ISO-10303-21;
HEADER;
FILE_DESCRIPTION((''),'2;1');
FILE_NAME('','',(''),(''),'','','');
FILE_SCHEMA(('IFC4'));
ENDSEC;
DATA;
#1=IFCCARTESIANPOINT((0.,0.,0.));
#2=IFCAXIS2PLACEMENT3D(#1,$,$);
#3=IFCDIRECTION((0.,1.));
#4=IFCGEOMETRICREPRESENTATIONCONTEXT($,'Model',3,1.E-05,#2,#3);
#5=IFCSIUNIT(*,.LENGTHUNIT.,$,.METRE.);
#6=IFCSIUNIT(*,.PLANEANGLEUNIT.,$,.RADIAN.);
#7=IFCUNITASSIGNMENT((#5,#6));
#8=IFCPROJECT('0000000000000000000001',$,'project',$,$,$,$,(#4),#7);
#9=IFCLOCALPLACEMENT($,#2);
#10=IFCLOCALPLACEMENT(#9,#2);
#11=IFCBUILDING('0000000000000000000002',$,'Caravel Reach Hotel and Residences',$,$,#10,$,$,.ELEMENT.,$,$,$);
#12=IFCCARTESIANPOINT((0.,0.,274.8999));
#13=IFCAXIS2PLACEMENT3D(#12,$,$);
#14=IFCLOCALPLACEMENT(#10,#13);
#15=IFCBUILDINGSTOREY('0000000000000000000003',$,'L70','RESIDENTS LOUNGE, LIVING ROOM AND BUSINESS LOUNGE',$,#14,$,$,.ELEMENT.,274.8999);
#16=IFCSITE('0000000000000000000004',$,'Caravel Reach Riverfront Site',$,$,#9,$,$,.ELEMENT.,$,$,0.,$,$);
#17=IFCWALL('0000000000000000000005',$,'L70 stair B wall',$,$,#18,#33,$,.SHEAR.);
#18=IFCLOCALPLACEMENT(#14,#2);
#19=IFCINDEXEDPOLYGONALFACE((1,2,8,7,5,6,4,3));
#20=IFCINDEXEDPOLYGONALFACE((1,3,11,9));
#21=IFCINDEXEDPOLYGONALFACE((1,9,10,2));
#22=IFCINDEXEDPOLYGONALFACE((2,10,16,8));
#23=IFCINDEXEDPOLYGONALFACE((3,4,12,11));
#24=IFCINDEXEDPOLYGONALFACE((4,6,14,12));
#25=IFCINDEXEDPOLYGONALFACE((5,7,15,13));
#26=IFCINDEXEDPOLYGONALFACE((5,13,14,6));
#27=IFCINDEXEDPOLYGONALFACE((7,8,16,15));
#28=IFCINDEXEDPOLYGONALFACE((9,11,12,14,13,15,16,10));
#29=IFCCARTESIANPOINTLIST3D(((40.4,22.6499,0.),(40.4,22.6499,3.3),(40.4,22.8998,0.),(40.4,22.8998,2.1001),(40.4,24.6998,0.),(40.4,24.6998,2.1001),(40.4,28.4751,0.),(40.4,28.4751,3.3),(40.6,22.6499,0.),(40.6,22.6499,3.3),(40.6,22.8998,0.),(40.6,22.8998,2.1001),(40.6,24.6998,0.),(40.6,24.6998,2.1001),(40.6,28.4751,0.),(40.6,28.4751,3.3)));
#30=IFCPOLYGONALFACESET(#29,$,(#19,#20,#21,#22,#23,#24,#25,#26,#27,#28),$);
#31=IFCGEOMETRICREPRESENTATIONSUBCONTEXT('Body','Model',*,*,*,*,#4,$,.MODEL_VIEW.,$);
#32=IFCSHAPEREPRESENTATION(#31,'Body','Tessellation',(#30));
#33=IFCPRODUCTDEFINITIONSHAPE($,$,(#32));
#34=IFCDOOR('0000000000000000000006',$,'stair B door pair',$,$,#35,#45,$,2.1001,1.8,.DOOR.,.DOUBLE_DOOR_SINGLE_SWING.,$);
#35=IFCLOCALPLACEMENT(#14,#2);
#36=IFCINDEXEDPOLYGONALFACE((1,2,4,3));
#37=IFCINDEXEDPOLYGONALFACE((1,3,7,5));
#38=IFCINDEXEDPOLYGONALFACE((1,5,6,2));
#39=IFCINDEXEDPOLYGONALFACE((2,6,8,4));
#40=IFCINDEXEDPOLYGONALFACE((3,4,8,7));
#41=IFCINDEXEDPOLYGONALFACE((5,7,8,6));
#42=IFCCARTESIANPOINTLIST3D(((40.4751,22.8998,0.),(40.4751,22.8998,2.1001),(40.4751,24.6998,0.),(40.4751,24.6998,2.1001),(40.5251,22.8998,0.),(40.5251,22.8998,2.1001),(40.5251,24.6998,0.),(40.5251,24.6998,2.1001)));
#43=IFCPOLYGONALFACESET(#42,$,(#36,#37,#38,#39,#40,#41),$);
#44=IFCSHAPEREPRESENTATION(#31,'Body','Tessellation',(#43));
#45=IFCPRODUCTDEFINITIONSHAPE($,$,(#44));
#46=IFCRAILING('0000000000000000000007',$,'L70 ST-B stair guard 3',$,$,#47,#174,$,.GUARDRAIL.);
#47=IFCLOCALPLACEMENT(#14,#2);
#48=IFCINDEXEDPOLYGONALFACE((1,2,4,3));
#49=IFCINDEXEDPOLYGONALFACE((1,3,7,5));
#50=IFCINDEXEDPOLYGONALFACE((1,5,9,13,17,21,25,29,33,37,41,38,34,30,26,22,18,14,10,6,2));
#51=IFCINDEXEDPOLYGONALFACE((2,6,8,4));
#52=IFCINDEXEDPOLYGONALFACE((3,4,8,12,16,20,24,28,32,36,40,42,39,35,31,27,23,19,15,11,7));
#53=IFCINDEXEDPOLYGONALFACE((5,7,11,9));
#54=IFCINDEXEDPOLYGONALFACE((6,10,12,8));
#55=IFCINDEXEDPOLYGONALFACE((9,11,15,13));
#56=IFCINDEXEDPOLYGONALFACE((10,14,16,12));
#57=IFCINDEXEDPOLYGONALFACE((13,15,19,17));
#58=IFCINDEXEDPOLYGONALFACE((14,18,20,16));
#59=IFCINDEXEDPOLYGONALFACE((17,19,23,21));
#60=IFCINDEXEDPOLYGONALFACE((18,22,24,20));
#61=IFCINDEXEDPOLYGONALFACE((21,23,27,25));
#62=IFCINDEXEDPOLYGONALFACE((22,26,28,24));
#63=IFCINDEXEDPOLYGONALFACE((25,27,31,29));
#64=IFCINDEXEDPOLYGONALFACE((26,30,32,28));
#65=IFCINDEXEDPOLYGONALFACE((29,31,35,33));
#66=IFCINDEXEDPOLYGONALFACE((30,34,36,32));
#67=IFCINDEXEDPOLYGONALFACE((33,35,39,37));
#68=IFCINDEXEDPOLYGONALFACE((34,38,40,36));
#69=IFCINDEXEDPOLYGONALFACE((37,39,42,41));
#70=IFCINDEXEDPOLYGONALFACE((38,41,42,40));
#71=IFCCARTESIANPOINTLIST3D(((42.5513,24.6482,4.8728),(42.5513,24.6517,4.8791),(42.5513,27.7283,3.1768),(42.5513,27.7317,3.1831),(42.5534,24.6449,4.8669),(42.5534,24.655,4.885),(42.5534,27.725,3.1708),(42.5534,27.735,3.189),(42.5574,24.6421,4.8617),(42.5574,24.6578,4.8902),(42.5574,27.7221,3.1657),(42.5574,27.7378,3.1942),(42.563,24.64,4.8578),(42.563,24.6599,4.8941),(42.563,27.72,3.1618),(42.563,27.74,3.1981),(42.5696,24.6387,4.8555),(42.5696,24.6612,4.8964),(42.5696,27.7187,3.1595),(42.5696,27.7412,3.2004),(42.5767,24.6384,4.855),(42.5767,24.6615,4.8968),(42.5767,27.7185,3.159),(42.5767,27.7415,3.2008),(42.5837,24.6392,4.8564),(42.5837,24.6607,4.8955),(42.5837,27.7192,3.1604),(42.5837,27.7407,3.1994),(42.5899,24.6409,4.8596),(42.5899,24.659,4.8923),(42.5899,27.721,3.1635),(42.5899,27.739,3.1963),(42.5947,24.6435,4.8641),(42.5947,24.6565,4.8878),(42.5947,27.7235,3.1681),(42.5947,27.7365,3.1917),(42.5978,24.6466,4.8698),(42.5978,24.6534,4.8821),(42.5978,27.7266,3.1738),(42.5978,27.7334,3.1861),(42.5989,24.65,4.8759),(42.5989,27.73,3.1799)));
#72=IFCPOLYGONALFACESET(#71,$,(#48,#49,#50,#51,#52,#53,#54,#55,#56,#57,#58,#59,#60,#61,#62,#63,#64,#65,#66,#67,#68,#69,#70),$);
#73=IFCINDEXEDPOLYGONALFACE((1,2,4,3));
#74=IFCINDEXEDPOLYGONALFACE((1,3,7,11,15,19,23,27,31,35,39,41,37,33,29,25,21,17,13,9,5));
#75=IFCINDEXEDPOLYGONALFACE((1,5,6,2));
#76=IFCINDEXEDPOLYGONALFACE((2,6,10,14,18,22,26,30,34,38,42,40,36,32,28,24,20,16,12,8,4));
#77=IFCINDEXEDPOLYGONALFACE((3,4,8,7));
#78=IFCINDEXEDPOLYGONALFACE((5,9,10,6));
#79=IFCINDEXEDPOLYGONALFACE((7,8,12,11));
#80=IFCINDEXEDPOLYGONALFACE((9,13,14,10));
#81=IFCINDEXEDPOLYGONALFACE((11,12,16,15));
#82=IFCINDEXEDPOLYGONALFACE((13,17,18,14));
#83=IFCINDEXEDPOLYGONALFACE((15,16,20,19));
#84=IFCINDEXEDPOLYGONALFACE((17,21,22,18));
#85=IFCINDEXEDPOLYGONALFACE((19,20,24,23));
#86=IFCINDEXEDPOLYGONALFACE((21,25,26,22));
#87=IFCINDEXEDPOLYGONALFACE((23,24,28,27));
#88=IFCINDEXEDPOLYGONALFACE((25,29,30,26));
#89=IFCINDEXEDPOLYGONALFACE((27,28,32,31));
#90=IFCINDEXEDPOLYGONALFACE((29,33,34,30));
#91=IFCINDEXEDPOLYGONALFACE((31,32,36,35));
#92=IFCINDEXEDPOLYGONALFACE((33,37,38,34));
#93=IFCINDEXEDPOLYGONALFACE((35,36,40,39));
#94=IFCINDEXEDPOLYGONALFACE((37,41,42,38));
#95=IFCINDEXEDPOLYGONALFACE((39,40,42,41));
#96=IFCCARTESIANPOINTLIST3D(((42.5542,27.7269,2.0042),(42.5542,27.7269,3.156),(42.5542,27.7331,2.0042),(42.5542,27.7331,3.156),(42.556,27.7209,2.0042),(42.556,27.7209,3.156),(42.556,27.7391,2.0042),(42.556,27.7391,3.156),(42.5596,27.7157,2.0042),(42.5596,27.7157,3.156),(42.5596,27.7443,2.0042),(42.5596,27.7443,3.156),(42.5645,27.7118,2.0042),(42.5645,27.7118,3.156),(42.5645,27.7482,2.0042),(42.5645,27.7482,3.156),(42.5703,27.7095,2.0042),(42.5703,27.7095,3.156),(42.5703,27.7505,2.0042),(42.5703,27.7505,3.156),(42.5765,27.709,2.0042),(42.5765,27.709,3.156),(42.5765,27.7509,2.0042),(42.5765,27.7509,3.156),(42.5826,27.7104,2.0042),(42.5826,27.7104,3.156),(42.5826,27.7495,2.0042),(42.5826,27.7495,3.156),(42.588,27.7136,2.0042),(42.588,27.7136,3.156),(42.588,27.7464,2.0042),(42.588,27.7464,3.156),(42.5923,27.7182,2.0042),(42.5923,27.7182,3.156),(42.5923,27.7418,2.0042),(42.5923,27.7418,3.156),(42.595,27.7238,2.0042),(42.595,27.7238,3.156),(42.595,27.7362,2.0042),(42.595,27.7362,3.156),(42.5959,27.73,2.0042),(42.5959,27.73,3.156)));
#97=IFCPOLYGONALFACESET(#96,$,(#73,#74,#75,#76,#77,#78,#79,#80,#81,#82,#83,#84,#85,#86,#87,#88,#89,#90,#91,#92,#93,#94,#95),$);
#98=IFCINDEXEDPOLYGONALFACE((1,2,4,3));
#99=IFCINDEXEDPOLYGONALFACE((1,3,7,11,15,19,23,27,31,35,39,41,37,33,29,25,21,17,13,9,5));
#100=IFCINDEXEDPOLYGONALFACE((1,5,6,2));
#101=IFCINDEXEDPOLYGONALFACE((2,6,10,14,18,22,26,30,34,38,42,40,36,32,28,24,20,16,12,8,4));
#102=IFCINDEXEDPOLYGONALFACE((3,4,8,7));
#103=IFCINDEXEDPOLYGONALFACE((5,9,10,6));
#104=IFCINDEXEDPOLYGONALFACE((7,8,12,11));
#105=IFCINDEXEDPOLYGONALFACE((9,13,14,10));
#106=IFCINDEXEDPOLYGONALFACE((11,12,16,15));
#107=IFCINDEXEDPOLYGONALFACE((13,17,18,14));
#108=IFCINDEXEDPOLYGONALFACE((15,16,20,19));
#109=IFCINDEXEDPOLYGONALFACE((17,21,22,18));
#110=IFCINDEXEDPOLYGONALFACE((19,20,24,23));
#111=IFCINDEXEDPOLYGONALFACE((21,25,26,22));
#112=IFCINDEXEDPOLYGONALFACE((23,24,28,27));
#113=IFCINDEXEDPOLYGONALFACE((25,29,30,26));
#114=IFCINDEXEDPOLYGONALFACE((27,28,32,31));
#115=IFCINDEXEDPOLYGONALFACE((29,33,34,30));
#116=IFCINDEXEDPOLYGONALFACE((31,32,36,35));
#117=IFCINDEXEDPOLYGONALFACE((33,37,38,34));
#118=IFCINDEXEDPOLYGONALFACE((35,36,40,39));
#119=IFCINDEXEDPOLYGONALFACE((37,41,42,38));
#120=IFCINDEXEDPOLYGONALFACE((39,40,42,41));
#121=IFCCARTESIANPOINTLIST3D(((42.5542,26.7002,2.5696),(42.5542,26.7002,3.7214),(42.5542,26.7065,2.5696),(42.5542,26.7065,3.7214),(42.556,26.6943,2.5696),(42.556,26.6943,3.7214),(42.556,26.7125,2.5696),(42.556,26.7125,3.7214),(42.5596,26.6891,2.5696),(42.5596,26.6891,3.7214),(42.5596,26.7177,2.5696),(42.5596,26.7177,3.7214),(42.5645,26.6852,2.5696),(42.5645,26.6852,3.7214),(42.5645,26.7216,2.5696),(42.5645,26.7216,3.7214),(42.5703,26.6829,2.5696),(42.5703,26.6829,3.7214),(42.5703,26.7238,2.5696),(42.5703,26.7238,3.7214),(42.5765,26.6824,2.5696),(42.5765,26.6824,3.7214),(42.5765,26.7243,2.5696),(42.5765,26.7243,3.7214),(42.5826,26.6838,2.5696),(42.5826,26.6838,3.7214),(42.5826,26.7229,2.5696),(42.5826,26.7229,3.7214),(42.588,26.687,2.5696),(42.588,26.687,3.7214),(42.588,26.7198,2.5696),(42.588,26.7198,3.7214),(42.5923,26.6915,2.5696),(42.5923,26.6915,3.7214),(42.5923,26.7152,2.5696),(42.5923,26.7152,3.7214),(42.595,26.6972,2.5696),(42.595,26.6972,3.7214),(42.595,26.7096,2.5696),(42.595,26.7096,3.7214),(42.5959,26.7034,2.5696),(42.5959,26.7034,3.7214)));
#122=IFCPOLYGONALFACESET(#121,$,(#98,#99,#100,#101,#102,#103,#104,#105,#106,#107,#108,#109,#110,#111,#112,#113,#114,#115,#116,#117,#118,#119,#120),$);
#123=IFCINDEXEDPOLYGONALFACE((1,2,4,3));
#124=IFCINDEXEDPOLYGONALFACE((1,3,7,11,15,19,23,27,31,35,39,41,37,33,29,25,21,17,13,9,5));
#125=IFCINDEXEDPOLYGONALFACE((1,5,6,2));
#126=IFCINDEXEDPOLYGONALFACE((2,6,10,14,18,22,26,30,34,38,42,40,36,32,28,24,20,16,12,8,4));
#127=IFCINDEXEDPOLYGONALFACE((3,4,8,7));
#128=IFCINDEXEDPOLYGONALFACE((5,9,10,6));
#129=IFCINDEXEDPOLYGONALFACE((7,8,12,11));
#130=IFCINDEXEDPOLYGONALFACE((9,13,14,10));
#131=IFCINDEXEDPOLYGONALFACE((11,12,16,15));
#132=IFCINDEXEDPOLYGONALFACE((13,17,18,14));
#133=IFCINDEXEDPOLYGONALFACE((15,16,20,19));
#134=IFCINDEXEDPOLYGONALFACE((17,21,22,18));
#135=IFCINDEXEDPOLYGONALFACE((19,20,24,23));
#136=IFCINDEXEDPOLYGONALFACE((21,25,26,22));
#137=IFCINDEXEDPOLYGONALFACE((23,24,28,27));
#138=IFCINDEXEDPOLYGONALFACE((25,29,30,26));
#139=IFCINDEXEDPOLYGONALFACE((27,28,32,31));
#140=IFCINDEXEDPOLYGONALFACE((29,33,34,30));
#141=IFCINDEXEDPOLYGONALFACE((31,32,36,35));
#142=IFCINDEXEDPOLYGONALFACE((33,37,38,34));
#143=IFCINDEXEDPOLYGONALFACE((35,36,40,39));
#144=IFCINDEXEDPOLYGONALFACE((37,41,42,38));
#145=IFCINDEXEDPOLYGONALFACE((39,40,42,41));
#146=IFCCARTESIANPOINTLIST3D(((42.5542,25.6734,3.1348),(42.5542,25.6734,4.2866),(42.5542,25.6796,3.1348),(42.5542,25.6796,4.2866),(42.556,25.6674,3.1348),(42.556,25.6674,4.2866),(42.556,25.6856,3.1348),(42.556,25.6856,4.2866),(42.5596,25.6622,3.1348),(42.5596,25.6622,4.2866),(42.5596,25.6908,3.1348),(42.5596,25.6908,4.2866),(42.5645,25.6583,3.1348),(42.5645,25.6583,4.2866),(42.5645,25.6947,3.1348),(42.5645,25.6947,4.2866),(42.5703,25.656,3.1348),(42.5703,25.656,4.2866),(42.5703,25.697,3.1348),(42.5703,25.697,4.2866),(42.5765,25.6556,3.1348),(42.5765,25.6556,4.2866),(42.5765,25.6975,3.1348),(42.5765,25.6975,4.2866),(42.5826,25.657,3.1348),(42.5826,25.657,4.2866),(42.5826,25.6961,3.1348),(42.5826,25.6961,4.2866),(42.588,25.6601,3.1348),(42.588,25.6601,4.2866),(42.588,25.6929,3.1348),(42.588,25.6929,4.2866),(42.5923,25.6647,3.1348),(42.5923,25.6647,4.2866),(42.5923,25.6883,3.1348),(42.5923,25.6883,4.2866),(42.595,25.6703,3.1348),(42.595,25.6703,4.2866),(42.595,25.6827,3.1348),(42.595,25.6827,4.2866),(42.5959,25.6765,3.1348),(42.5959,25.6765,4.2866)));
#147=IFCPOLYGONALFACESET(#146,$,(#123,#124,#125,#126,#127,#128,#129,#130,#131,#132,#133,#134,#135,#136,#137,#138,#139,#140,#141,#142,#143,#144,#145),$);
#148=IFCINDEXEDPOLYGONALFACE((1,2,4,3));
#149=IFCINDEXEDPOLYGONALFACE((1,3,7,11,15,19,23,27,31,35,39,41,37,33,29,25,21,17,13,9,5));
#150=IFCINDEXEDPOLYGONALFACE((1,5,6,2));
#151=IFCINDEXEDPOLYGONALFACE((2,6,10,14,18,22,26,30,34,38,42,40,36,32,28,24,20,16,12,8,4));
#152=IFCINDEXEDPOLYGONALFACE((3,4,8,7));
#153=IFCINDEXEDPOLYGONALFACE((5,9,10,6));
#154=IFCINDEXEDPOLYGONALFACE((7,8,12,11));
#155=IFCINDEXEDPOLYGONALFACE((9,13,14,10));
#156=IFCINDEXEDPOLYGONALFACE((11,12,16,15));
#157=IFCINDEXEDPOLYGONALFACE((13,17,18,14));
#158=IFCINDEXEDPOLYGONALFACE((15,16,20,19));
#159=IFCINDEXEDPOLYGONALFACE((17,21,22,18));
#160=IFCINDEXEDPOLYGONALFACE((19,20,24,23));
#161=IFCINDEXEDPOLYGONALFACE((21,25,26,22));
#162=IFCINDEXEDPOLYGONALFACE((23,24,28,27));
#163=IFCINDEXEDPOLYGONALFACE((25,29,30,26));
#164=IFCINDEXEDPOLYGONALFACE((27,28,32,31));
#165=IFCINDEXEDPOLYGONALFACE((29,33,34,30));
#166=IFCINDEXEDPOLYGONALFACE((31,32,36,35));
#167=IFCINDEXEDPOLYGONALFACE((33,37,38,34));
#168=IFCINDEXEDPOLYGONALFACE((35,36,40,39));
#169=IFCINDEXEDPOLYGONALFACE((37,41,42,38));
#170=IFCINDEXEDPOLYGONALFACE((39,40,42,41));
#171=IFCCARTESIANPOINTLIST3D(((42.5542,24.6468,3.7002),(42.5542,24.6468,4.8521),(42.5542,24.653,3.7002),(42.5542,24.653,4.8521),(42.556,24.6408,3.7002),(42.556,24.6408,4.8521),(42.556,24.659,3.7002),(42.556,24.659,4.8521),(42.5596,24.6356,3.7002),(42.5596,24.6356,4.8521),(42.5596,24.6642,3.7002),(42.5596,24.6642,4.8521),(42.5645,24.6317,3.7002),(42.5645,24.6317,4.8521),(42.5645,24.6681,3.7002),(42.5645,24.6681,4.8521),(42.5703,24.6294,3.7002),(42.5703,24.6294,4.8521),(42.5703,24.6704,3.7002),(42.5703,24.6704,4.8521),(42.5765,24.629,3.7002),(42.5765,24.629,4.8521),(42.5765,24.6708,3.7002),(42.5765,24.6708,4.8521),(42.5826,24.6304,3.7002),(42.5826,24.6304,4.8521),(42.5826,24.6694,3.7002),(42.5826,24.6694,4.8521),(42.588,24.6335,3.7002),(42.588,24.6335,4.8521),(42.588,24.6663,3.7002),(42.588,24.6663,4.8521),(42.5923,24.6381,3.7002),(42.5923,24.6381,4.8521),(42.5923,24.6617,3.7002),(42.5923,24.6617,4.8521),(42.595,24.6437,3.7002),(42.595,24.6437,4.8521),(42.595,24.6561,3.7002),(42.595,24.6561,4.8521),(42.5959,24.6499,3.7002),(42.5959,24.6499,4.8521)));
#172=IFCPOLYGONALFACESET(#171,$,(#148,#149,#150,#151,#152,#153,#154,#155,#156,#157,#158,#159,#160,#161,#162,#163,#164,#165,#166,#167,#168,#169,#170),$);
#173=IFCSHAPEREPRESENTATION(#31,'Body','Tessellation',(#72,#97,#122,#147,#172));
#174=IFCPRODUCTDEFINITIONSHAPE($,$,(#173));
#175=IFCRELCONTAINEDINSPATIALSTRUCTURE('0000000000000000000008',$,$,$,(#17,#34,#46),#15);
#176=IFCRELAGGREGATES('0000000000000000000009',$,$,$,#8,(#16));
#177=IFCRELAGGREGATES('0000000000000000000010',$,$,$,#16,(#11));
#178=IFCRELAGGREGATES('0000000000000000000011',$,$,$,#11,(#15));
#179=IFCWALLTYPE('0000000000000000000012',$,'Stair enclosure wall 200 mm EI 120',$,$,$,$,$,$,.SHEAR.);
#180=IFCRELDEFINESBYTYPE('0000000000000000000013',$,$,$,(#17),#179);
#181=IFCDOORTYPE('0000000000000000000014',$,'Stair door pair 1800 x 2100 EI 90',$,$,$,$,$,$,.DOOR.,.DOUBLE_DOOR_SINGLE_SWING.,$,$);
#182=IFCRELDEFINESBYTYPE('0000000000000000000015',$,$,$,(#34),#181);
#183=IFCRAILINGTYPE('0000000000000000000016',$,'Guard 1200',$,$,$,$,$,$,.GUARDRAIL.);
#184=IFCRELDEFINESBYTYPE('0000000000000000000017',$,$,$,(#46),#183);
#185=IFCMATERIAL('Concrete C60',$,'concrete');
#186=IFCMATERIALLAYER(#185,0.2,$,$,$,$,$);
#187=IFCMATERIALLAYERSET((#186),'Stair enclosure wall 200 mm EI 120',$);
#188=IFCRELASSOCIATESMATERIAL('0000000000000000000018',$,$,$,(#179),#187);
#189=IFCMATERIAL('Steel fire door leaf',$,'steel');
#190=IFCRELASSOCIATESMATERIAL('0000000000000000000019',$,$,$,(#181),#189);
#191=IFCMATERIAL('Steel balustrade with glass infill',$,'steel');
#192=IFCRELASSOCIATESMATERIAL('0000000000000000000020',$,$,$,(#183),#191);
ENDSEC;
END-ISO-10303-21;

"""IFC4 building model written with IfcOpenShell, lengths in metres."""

from ifc_helpers import new_model, si_unit, direction, frame, frame_2d, origin, origin_2d, place, context, subcontext, project, spatial, rectangle, circle, extrude, material, layer, layer_set, type_object, element, fill, save


model = new_model("IFC4")

# Units and contexts
model_context = context("Model", 3, precision=1e-05, world=origin(), true_north=direction((0.0, 1.0)))
body_context = subcontext(model_context, "Body", "Model", "MODEL_VIEW")
ifc_project = project(units=[si_unit("LENGTHUNIT", "METRE"), si_unit("PLANEANGLEUNIT", "RADIAN")], contexts=[model_context])

# Site, building, storey
site_placement = place(None, origin())
site = spatial("IfcSite", under=ifc_project, at=site_placement, Name="Caravel Reach Riverfront Site", CompositionType="ELEMENT", RefElevation=0.0)
building_placement = place(site_placement, origin())
building = spatial("IfcBuilding", under=site, at=building_placement, Name="Caravel Reach Hotel and Residences", CompositionType="ELEMENT")
storey_placement = place(building_placement, frame((0.0, 0.0, 274.8999)))
storey = spatial("IfcBuildingStorey", under=building, at=storey_placement, Name="L70", Description="RESIDENTS LOUNGE, LIVING ROOM AND BUSINESS LOUNGE", CompositionType="ELEMENT", Elevation=274.8999)

# Wall, opening, door
ifc_material_1 = material(Name="Concrete C60", Category="concrete")
ifc_layer_1 = layer(ifc_material_1, 0.2)
ifc_layer_set_1 = layer_set([ifc_layer_1], Name="Stair enclosure wall 200 mm EI 120")
wall_type_1 = type_object("IfcWallType", Name="Stair enclosure wall 200 mm EI 120", PredefinedType="SHEAR", material=ifc_layer_set_1)
wall_1_placement = place(storey_placement, frame((40.5, 22.6499, 0.0), z_axis=(0.0, 0.0, 1.0), x_axis=(0.0, 1.0, 0.0)))
wall_1 = element("IfcWall", 1, at=wall_1_placement, inside=storey, type_object=wall_type_1, Name="L70 stair B wall", PredefinedType="SHEAR", context=body_context, shape_type="SweptSolid", body=[
    extrude(rectangle(XDim=5.8252, YDim=0.2, at=frame_2d((2.9126, 0.0))), origin(), (0.0, 0.0, 1.0), 3.3),
])
opening_1_placement = place(wall_1_placement, frame((0.25, 0.0, 0.0)))
opening_1 = element("IfcOpeningElement", 2, at=opening_1_placement, cuts=wall_1, PredefinedType="OPENING", context=body_context, shape_type="SweptSolid", body=[
    extrude(rectangle(XDim=1.8, YDim=2.1001, at=frame_2d((0.8999, 1.05))), frame((0.0, 0.1099, 0.0), z_axis=(0.0, -1.0, 0.0), x_axis=(1.0, 0.0, 0.0)), (0.0, 0.0, 1.0), 0.22),
])
ifc_material_2 = material(Name="Steel fire door leaf", Category="steel")
door_type_1 = type_object("IfcDoorType", Name="Stair door pair 1800 x 2100 EI 90", OperationType="DOUBLE_DOOR_SINGLE_SWING", PredefinedType="DOOR", material=ifc_material_2)
door_1_placement = place(opening_1_placement, origin())
door_1 = element("IfcDoor", 3, at=door_1_placement, inside=storey, type_object=door_type_1, Name="stair B door pair", OperationType="DOUBLE_DOOR_SINGLE_SWING", OverallHeight=2.1001, OverallWidth=1.8, PredefinedType="DOOR", context=body_context, shape_type="SweptSolid", body=[
    extrude(rectangle(XDim=1.8, YDim=2.1001, at=frame_2d((0.8999, 1.05))), frame((0.0, 0.0249, 0.0), z_axis=(0.0, -1.0, 0.0), x_axis=(1.0, 0.0, 0.0)), (0.0, 0.0, 1.0), 0.05),
])
fill(opening_1, door_1)

# Railing
ifc_material_3 = material(Name="Steel balustrade with glass infill", Category="steel")
railing_type_1 = type_object("IfcRailingType", Name="Guard 1200", PredefinedType="GUARDRAIL", material=ifc_material_3)
railing_1_placement = place(storey_placement, frame((42.575, 27.73, 2.0042)))
element("IfcRailing", 4, at=railing_1_placement, inside=storey, type_object=railing_type_1, Name="L70 ST-B stair guard 3", PredefinedType="GUARDRAIL", context=body_context, shape_type="SweptSolid", body=[
    extrude(circle(Radius=0.0239, at=origin_2d()), frame((0.0, 0.0, 1.1758), z_axis=(0.0, -0.875975, 0.482356), x_axis=(1.0, 0.0, 0.0)), (0.0, 0.0, 1.0), 3.5161),
    extrude(circle(Radius=0.021, at=origin_2d()), origin(), (0.0, 0.0, 1.0), 1.1519),
    extrude(circle(Radius=0.021, at=origin_2d()), frame((0.0, -1.0266, 0.5654)), (0.0, 0.0, 1.0), 1.1519),
    extrude(circle(Radius=0.021, at=origin_2d()), frame((0.0, -2.0535, 1.1306)), (0.0, 0.0, 1.0), 1.1519),
    extrude(circle(Radius=0.021, at=origin_2d()), frame((0.0, -3.0801, 1.696)), (0.0, 0.0, 1.0), 1.1519),
])

save(model, "model.ifc")
